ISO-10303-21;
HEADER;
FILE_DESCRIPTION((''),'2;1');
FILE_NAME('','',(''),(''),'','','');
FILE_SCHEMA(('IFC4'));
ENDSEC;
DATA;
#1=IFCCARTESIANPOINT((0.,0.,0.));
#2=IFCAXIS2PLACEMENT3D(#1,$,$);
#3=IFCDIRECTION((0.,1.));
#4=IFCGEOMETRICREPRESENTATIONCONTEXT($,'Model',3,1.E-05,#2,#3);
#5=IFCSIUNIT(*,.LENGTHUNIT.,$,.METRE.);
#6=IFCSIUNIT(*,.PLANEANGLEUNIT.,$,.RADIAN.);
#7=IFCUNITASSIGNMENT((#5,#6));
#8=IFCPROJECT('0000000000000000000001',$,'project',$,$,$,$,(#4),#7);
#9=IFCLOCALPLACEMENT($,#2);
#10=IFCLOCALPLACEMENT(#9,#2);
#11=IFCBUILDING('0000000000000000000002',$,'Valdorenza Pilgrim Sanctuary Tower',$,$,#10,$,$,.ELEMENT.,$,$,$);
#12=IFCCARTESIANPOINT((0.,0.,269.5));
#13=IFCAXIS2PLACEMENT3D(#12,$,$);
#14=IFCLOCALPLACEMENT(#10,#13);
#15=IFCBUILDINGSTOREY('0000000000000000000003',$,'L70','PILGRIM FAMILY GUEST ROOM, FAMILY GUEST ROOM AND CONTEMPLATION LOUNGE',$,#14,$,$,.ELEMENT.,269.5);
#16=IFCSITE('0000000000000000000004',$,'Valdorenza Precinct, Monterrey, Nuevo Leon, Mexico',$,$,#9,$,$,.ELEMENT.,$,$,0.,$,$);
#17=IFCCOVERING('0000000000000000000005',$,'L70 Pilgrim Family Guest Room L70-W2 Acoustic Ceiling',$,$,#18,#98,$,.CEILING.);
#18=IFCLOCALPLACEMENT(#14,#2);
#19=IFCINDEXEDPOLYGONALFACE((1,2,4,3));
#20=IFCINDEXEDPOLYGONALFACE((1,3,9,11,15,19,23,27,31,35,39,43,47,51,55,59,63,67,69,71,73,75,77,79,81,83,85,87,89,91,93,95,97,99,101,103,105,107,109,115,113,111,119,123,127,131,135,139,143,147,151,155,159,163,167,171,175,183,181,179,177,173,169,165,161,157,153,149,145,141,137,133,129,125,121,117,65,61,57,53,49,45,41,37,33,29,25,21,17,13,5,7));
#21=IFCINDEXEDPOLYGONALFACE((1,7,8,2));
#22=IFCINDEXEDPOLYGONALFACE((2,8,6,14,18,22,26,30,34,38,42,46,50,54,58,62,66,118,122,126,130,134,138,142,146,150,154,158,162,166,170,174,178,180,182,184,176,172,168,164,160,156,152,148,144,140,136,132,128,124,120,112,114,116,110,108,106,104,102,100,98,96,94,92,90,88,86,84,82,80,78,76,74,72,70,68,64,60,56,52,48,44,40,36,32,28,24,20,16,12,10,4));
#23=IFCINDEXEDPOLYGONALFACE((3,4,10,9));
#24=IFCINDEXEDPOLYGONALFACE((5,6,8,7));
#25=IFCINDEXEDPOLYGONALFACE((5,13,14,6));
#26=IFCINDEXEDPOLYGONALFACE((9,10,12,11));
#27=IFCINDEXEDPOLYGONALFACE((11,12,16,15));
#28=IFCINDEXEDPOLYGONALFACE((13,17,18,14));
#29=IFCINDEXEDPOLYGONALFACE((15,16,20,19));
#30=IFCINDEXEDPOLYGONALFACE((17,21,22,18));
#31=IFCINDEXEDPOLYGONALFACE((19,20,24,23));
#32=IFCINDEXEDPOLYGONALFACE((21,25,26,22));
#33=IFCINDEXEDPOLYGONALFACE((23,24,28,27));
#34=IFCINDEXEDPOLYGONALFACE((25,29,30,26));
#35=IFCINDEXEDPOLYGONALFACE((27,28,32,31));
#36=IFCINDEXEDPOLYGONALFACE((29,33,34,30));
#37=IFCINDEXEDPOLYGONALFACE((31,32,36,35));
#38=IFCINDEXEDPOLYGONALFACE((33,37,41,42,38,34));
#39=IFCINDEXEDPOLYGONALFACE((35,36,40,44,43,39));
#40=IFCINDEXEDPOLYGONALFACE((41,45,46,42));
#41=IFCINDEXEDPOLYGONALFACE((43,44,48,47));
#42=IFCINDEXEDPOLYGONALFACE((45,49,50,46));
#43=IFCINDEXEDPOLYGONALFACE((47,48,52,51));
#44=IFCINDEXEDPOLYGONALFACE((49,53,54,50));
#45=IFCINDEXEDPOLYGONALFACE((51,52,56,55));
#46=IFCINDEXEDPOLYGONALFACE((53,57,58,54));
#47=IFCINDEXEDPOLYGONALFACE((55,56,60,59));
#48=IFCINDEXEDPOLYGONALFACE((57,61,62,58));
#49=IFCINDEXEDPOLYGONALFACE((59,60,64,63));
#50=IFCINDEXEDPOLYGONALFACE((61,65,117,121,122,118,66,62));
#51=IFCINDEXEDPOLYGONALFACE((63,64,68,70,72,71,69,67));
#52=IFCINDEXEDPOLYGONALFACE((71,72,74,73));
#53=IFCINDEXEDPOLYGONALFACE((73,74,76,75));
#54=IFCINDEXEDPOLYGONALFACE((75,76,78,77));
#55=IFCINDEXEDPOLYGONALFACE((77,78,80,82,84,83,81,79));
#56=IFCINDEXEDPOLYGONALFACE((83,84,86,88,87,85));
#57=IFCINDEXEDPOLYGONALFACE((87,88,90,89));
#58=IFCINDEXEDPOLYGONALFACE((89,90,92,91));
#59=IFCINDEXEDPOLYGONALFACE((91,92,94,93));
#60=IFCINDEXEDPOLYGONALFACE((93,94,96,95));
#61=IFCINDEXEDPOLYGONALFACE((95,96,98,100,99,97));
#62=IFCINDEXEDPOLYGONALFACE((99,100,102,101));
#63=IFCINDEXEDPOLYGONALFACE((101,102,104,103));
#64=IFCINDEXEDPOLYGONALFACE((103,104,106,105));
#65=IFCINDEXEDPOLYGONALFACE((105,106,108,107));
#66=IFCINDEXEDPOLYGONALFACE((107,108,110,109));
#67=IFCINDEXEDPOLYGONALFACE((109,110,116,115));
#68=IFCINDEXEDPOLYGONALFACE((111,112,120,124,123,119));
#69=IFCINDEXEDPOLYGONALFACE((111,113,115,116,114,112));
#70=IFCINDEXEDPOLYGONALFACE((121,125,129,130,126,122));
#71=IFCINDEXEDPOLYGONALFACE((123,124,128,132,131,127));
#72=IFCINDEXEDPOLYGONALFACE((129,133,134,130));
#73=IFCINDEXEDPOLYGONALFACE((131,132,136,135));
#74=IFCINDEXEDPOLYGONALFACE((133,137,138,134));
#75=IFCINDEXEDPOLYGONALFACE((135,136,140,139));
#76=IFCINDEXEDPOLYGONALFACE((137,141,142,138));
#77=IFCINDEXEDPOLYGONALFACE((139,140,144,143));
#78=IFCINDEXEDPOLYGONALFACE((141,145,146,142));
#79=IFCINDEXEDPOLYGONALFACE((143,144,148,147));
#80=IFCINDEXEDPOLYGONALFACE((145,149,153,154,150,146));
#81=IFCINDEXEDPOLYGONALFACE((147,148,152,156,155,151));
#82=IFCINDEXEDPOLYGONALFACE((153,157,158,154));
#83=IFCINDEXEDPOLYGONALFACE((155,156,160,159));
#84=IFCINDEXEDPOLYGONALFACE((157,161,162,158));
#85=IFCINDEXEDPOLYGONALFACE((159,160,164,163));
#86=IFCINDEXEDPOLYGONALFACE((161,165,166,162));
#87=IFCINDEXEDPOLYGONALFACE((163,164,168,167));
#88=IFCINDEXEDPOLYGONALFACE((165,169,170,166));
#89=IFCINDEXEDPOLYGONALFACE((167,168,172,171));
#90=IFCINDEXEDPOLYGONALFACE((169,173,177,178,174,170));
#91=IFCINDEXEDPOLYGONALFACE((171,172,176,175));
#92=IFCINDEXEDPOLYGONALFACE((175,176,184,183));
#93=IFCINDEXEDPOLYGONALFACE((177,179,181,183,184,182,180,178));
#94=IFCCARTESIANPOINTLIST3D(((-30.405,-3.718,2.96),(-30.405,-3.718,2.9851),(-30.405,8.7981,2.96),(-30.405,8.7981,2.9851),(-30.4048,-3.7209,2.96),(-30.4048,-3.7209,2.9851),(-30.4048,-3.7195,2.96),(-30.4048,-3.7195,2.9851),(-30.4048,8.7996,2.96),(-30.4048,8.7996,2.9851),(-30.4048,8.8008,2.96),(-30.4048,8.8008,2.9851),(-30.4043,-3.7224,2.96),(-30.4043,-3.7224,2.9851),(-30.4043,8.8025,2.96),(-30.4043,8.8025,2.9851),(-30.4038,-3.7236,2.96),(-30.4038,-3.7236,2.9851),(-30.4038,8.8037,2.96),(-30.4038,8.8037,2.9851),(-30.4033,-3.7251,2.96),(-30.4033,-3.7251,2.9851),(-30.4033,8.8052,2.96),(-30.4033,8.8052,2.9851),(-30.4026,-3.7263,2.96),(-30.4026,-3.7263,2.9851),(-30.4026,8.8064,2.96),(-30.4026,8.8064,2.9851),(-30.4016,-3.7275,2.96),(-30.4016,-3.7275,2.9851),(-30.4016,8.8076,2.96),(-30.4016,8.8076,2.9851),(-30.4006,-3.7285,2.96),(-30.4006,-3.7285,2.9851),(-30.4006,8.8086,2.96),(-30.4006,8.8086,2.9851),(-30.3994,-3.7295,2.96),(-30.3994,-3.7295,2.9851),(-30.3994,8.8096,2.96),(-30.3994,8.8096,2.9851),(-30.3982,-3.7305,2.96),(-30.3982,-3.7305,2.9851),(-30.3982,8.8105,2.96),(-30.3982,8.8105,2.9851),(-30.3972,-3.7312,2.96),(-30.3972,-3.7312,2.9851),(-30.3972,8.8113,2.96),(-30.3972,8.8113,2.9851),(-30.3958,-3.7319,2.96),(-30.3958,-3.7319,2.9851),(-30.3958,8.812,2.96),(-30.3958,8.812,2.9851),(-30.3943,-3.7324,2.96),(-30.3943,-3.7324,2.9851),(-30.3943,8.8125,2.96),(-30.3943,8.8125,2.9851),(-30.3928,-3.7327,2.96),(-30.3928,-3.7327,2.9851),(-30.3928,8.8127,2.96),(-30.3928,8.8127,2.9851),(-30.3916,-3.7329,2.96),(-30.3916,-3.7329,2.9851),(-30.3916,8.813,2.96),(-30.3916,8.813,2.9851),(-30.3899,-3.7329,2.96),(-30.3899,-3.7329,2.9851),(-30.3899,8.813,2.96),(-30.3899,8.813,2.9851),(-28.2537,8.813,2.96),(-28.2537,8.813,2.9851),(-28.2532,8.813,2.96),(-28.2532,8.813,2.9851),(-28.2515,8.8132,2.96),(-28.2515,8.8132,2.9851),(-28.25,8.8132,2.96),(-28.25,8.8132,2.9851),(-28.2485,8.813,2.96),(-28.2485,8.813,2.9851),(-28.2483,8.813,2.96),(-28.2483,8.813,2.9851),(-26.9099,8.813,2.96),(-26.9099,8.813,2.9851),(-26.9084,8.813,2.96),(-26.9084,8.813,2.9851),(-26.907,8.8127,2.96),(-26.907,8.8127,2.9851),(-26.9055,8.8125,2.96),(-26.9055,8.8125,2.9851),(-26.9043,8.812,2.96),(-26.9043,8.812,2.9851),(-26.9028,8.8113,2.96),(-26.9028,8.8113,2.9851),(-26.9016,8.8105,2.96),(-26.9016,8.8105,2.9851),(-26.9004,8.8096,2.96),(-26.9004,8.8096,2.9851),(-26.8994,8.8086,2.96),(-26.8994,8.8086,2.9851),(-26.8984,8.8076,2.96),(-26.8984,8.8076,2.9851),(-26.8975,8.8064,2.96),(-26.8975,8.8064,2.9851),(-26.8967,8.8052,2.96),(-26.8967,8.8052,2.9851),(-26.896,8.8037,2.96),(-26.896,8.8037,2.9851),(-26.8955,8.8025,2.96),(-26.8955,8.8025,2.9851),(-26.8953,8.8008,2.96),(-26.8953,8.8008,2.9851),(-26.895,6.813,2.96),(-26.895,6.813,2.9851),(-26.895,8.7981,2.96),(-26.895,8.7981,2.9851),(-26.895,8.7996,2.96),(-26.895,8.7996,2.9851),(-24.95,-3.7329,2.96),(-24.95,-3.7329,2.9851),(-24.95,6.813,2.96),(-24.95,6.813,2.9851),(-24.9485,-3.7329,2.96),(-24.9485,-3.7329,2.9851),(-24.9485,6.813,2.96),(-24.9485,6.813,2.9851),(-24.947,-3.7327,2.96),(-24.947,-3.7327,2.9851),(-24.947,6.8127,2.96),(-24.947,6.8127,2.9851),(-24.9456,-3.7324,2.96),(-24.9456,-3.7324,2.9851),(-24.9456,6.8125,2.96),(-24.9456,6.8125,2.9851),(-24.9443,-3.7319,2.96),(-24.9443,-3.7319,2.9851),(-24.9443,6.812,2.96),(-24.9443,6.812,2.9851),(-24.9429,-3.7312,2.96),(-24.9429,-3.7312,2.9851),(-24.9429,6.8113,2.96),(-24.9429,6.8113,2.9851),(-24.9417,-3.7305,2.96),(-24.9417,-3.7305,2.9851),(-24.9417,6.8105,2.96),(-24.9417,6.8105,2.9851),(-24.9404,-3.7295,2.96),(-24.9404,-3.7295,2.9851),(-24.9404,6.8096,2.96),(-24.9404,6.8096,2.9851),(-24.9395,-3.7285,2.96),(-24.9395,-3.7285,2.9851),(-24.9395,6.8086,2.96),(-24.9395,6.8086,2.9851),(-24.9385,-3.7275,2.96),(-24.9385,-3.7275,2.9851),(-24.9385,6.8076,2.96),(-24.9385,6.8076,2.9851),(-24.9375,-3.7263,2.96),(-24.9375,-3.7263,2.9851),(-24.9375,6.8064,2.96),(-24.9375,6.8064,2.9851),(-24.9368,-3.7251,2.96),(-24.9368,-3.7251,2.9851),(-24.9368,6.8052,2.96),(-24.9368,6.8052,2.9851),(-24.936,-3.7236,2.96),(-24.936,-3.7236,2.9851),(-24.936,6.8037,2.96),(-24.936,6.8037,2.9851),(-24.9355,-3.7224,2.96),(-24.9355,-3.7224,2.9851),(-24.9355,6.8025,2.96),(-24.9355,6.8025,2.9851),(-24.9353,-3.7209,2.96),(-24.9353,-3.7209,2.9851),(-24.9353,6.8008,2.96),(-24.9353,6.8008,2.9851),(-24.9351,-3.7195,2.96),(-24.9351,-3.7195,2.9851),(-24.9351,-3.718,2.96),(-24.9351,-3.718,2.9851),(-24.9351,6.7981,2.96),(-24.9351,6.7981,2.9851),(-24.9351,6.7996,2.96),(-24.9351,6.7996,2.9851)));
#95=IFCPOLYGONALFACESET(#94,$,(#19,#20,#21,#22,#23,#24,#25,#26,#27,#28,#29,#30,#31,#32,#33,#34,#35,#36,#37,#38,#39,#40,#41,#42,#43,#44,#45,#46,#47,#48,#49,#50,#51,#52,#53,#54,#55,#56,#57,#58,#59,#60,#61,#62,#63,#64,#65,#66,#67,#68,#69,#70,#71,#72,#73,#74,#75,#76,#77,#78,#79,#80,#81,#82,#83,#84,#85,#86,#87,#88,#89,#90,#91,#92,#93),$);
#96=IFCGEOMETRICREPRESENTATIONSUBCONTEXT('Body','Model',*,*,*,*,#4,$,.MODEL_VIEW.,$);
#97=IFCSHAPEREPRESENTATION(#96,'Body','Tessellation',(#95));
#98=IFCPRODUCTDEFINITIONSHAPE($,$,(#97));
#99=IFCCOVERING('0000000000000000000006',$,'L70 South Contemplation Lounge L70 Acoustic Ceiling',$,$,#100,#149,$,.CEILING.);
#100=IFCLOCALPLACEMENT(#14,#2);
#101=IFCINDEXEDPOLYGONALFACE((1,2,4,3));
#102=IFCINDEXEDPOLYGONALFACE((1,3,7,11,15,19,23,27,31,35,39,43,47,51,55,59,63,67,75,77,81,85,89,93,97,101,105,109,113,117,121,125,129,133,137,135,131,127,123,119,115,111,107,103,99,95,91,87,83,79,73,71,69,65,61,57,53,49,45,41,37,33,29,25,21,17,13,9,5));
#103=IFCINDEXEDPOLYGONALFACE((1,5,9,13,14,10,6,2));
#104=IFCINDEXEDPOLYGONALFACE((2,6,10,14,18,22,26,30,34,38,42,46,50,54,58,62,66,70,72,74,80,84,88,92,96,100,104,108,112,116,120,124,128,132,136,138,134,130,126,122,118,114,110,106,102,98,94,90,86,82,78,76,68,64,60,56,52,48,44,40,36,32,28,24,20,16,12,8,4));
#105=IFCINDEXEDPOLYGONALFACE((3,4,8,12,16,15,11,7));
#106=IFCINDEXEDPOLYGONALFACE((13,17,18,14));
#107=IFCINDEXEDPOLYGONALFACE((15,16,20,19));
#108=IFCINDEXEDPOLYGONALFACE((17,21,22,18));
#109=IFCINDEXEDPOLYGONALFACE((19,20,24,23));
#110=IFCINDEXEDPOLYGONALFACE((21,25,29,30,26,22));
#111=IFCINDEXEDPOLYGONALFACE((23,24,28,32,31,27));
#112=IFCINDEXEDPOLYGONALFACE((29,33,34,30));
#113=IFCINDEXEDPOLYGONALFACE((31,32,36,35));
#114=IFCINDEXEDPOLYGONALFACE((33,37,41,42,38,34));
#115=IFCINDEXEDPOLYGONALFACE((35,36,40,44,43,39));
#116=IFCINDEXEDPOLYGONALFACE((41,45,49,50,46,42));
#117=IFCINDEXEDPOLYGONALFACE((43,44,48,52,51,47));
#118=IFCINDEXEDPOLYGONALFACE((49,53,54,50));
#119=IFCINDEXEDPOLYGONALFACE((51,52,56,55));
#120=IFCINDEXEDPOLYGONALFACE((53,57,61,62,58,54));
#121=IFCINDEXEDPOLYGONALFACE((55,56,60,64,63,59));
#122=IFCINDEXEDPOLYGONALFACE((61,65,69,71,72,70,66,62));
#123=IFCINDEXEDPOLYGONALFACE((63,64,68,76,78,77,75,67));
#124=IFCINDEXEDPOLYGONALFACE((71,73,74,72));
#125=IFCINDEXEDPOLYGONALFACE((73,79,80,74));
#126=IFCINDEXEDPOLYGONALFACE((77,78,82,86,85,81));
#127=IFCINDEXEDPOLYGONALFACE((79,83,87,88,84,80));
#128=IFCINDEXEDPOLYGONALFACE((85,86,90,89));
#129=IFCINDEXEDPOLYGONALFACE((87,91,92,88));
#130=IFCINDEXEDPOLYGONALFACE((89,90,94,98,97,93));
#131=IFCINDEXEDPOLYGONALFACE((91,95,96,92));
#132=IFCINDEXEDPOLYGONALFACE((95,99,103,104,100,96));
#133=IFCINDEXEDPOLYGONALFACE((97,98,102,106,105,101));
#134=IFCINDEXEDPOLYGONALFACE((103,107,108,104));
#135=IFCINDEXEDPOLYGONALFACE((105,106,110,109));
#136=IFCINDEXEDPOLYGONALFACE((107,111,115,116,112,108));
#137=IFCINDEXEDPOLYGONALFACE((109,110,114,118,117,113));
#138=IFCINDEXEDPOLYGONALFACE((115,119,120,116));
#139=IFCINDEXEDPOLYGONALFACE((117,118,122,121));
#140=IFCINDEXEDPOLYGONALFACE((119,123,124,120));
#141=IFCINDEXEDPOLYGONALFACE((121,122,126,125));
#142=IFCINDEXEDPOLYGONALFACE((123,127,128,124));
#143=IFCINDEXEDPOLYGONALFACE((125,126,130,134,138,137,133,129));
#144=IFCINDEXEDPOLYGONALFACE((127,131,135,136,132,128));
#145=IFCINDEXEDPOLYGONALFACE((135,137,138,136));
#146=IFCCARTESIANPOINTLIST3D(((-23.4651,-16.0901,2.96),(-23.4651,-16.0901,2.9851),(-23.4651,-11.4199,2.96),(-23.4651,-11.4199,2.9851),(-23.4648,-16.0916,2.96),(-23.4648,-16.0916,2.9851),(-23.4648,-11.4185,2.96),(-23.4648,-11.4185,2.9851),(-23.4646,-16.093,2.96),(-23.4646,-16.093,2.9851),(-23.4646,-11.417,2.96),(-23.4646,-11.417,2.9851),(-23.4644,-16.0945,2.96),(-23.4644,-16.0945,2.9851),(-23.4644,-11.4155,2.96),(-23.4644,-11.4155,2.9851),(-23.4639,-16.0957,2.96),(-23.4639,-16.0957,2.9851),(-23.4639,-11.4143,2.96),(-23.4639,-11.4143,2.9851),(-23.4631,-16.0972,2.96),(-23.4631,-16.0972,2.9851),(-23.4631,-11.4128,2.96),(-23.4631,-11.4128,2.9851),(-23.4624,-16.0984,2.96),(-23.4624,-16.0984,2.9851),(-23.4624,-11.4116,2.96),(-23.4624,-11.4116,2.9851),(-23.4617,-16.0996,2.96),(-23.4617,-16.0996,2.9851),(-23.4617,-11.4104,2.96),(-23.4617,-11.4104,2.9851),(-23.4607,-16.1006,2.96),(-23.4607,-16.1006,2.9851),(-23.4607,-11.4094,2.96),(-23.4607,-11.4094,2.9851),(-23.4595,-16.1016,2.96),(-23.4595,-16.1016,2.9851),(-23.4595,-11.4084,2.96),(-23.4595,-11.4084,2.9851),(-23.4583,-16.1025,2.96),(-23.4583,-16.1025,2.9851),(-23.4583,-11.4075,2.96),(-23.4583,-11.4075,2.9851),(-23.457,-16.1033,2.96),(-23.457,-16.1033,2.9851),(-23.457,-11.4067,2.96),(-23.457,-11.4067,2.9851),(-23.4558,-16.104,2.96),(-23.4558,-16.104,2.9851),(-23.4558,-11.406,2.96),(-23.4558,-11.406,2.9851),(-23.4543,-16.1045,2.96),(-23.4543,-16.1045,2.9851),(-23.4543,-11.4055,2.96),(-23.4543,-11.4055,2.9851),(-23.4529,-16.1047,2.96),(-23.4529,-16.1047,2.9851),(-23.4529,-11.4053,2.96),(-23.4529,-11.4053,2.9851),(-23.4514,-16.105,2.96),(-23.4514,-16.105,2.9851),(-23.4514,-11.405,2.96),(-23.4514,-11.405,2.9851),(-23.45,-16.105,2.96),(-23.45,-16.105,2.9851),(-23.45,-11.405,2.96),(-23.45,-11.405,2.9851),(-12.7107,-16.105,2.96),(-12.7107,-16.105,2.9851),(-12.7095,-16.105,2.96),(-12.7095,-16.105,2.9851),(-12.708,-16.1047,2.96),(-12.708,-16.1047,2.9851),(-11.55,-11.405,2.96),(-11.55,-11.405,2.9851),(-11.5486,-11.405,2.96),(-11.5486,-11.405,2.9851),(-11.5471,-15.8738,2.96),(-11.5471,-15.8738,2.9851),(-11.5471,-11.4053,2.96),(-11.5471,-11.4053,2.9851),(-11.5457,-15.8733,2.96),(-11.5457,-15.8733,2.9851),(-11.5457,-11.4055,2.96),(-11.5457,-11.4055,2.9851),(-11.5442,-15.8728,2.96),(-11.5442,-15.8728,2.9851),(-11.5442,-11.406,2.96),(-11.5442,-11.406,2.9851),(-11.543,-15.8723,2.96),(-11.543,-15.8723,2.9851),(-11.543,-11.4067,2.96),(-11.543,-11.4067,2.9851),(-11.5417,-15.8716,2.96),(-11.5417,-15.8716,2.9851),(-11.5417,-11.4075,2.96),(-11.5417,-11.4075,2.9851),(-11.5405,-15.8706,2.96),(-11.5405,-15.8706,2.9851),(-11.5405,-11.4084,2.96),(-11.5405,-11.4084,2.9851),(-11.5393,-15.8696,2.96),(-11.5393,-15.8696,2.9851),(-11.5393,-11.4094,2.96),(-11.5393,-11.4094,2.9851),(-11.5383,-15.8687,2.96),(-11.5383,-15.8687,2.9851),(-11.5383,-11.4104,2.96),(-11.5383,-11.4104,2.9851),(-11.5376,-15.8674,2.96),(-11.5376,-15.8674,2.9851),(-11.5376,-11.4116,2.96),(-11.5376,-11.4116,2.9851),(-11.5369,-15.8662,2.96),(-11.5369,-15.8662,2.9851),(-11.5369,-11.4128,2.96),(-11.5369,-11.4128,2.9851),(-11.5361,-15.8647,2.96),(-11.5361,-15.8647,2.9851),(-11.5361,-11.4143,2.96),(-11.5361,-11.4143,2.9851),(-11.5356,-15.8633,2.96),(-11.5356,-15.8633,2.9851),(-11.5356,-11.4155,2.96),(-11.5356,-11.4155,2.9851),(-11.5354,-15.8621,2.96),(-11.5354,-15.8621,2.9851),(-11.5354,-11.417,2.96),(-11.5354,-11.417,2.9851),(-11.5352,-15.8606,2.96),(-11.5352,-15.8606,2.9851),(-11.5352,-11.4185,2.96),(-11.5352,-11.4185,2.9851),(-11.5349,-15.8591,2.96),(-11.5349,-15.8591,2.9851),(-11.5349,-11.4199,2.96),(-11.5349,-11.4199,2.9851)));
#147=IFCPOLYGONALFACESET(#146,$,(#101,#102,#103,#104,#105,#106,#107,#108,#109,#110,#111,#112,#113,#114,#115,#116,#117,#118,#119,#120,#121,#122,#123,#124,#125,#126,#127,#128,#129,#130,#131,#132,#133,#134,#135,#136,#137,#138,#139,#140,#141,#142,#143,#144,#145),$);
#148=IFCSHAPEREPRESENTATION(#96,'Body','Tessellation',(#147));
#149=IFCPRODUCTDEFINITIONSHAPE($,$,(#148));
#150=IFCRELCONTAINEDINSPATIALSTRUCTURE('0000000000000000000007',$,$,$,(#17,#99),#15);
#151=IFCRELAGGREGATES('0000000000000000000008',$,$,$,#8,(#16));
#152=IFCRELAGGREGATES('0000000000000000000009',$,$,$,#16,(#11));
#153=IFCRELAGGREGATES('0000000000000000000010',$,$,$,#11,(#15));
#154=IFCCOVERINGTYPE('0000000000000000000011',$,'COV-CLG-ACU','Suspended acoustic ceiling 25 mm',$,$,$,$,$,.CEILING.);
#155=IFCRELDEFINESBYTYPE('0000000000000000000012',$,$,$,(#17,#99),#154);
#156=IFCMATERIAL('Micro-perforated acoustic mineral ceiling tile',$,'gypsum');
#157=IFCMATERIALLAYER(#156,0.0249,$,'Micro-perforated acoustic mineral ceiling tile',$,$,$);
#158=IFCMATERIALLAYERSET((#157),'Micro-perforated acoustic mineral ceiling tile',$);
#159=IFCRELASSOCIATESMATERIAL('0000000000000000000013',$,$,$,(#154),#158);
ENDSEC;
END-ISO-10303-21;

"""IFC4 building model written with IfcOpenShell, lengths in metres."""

from ifc_helpers import new_model, si_unit, direction, frame, origin, place, context, subcontext, project, spatial, polyline, outline, extrude, material, layer, layer_set, type_object, element, save


model = new_model("IFC4")

# Units and contexts
model_context = context("Model", 3, precision=1e-05, world=origin(), true_north=direction((0.0, 1.0)))
body_context = subcontext(model_context, "Body", "Model", "MODEL_VIEW")
ifc_project = project(units=[si_unit("LENGTHUNIT", "METRE"), si_unit("PLANEANGLEUNIT", "RADIAN")], contexts=[model_context])

# Site, building, storey
site_placement = place(None, origin())
site = spatial("IfcSite", under=ifc_project, at=site_placement, Name="Valdorenza Precinct, Monterrey, Nuevo Leon, Mexico", CompositionType="ELEMENT", RefElevation=0.0)
building_placement = place(site_placement, origin())
building = spatial("IfcBuilding", under=site, at=building_placement, Name="Valdorenza Pilgrim Sanctuary Tower", CompositionType="ELEMENT")
storey_placement = place(building_placement, frame((0.0, 0.0, 269.5)))
storey = spatial("IfcBuildingStorey", under=building, at=storey_placement, Name="L70", Description="PILGRIM FAMILY GUEST ROOM, FAMILY GUEST ROOM AND CONTEMPLATION LOUNGE", CompositionType="ELEMENT", Elevation=269.5)

# Coverings
ifc_material_1 = material(Name="Micro-perforated acoustic mineral ceiling tile", Category="gypsum")
ifc_layer_1 = layer(ifc_material_1, 0.0249, Name="Micro-perforated acoustic mineral ceiling tile")
ifc_layer_set_1 = layer_set([ifc_layer_1], Name="Micro-perforated acoustic mineral ceiling tile")
covering_type_1 = type_object("IfcCoveringType", Name="COV-CLG-ACU", Description="Suspended acoustic ceiling 25 mm", PredefinedType="CEILING", material=ifc_layer_set_1)
covering_1_placement = place(storey_placement, frame((0.0, 0.0, 2.96)))
element("IfcCovering", 1, at=covering_1_placement, inside=storey, type_object=covering_type_1, Name="L70 Pilgrim Family Guest Room L70-W2 Acoustic Ceiling", PredefinedType="CEILING", context=body_context, shape_type="SweptSolid", body=[
    extrude(outline(polyline([(-30.405, 8.7981), (-30.4048, 8.7996), (-30.4048, 8.8008), (-30.4043, 8.8025), (-30.4038, 8.8037), (-30.4033, 8.8052), (-30.4026, 8.8064), (-30.4016, 8.8076), (-30.4006, 8.8086), (-30.3994, 8.8096), (-30.3982, 8.8105), (-30.3972, 8.8113), (-30.3958, 8.812), (-30.3943, 8.8125), (-30.3928, 8.8127), (-30.3916, 8.813), (-30.3899, 8.813), (-28.2537, 8.813), (-28.2532, 8.813), (-28.2515, 8.8132), (-28.25, 8.8132), (-28.2485, 8.813), (-28.2483, 8.813), (-26.9099, 8.813), (-26.9084, 8.813), (-26.907, 8.8127), (-26.9055, 8.8125), (-26.9043, 8.812), (-26.9028, 8.8113), (-26.9016, 8.8105), (-26.9004, 8.8096), (-26.8994, 8.8086), (-26.8984, 8.8076), (-26.8975, 8.8064), (-26.8967, 8.8052), (-26.896, 8.8037), (-26.8955, 8.8025), (-26.8953, 8.8008), (-26.895, 8.7996), (-26.895, 8.7981), (-26.895, 6.813), (-24.95, 6.813), (-24.9485, 6.813), (-24.947, 6.8127), (-24.9456, 6.8125), (-24.9443, 6.812), (-24.9429, 6.8113), (-24.9417, 6.8105), (-24.9404, 6.8096), (-24.9395, 6.8086), (-24.9385, 6.8076), (-24.9375, 6.8064), (-24.9368, 6.8052), (-24.936, 6.8037), (-24.9355, 6.8025), (-24.9353, 6.8008), (-24.9351, 6.7996), (-24.9351, 6.7981), (-24.9351, -3.718), (-24.9351, -3.7195), (-24.9353, -3.7209), (-24.9355, -3.7224), (-24.936, -3.7236), (-24.9368, -3.7251), (-24.9375, -3.7263), (-24.9385, -3.7275), (-24.9395, -3.7285), (-24.9404, -3.7295), (-24.9417, -3.7305), (-24.9429, -3.7312), (-24.9443, -3.7319), (-24.9456, -3.7324), (-24.947, -3.7327), (-24.9485, -3.7329), (-24.95, -3.7329), (-30.3899, -3.7329), (-30.3916, -3.7329), (-30.3928, -3.7327), (-30.3943, -3.7324), (-30.3958, -3.7319), (-30.3972, -3.7312), (-30.3982, -3.7305), (-30.3994, -3.7295), (-30.4006, -3.7285), (-30.4016, -3.7275), (-30.4026, -3.7263), (-30.4033, -3.7251), (-30.4038, -3.7236), (-30.4043, -3.7224), (-30.4048, -3.7209), (-30.4048, -3.7195), (-30.405, -3.718), (-30.405, 8.7981)])), origin(), (0.0, 0.0, 1.0), 0.0251),
])
covering_2_placement = place(storey_placement, frame((0.0, 0.0, 2.96)))
element("IfcCovering", 2, at=covering_2_placement, inside=storey, type_object=covering_type_1, Name="L70 South Contemplation Lounge L70 Acoustic Ceiling", PredefinedType="CEILING", context=body_context, shape_type="SweptSolid", body=[
    extrude(outline(polyline([(-11.55, -11.405), (-11.5486, -11.405), (-11.5471, -11.4053), (-11.5457, -11.4055), (-11.5442, -11.406), (-11.543, -11.4067), (-11.5417, -11.4075), (-11.5405, -11.4084), (-11.5393, -11.4094), (-11.5383, -11.4104), (-11.5376, -11.4116), (-11.5369, -11.4128), (-11.5361, -11.4143), (-11.5356, -11.4155), (-11.5354, -11.417), (-11.5352, -11.4185), (-11.5349, -11.4199), (-11.5349, -15.8591), (-11.5352, -15.8606), (-11.5354, -15.8621), (-11.5356, -15.8633), (-11.5361, -15.8647), (-11.5369, -15.8662), (-11.5376, -15.8674), (-11.5383, -15.8687), (-11.5393, -15.8696), (-11.5405, -15.8706), (-11.5417, -15.8716), (-11.543, -15.8723), (-11.5442, -15.8728), (-11.5457, -15.8733), (-11.5471, -15.8738), (-12.708, -16.1047), (-12.7095, -16.105), (-12.7107, -16.105), (-23.45, -16.105), (-23.4514, -16.105), (-23.4529, -16.1047), (-23.4543, -16.1045), (-23.4558, -16.104), (-23.457, -16.1033), (-23.4583, -16.1025), (-23.4595, -16.1016), (-23.4607, -16.1006), (-23.4617, -16.0996), (-23.4624, -16.0984), (-23.4631, -16.0972), (-23.4639, -16.0957), (-23.4644, -16.0945), (-23.4646, -16.093), (-23.4648, -16.0916), (-23.4651, -16.0901), (-23.4651, -11.4199), (-23.4648, -11.4185), (-23.4646, -11.417), (-23.4644, -11.4155), (-23.4639, -11.4143), (-23.4631, -11.4128), (-23.4624, -11.4116), (-23.4617, -11.4104), (-23.4607, -11.4094), (-23.4595, -11.4084), (-23.4583, -11.4075), (-23.457, -11.4067), (-23.4558, -11.406), (-23.4543, -11.4055), (-23.4529, -11.4053), (-23.4514, -11.405), (-23.45, -11.405), (-11.55, -11.405)])), origin(), (0.0, 0.0, 1.0), 0.0251),
])

save(model, "model.ifc")
